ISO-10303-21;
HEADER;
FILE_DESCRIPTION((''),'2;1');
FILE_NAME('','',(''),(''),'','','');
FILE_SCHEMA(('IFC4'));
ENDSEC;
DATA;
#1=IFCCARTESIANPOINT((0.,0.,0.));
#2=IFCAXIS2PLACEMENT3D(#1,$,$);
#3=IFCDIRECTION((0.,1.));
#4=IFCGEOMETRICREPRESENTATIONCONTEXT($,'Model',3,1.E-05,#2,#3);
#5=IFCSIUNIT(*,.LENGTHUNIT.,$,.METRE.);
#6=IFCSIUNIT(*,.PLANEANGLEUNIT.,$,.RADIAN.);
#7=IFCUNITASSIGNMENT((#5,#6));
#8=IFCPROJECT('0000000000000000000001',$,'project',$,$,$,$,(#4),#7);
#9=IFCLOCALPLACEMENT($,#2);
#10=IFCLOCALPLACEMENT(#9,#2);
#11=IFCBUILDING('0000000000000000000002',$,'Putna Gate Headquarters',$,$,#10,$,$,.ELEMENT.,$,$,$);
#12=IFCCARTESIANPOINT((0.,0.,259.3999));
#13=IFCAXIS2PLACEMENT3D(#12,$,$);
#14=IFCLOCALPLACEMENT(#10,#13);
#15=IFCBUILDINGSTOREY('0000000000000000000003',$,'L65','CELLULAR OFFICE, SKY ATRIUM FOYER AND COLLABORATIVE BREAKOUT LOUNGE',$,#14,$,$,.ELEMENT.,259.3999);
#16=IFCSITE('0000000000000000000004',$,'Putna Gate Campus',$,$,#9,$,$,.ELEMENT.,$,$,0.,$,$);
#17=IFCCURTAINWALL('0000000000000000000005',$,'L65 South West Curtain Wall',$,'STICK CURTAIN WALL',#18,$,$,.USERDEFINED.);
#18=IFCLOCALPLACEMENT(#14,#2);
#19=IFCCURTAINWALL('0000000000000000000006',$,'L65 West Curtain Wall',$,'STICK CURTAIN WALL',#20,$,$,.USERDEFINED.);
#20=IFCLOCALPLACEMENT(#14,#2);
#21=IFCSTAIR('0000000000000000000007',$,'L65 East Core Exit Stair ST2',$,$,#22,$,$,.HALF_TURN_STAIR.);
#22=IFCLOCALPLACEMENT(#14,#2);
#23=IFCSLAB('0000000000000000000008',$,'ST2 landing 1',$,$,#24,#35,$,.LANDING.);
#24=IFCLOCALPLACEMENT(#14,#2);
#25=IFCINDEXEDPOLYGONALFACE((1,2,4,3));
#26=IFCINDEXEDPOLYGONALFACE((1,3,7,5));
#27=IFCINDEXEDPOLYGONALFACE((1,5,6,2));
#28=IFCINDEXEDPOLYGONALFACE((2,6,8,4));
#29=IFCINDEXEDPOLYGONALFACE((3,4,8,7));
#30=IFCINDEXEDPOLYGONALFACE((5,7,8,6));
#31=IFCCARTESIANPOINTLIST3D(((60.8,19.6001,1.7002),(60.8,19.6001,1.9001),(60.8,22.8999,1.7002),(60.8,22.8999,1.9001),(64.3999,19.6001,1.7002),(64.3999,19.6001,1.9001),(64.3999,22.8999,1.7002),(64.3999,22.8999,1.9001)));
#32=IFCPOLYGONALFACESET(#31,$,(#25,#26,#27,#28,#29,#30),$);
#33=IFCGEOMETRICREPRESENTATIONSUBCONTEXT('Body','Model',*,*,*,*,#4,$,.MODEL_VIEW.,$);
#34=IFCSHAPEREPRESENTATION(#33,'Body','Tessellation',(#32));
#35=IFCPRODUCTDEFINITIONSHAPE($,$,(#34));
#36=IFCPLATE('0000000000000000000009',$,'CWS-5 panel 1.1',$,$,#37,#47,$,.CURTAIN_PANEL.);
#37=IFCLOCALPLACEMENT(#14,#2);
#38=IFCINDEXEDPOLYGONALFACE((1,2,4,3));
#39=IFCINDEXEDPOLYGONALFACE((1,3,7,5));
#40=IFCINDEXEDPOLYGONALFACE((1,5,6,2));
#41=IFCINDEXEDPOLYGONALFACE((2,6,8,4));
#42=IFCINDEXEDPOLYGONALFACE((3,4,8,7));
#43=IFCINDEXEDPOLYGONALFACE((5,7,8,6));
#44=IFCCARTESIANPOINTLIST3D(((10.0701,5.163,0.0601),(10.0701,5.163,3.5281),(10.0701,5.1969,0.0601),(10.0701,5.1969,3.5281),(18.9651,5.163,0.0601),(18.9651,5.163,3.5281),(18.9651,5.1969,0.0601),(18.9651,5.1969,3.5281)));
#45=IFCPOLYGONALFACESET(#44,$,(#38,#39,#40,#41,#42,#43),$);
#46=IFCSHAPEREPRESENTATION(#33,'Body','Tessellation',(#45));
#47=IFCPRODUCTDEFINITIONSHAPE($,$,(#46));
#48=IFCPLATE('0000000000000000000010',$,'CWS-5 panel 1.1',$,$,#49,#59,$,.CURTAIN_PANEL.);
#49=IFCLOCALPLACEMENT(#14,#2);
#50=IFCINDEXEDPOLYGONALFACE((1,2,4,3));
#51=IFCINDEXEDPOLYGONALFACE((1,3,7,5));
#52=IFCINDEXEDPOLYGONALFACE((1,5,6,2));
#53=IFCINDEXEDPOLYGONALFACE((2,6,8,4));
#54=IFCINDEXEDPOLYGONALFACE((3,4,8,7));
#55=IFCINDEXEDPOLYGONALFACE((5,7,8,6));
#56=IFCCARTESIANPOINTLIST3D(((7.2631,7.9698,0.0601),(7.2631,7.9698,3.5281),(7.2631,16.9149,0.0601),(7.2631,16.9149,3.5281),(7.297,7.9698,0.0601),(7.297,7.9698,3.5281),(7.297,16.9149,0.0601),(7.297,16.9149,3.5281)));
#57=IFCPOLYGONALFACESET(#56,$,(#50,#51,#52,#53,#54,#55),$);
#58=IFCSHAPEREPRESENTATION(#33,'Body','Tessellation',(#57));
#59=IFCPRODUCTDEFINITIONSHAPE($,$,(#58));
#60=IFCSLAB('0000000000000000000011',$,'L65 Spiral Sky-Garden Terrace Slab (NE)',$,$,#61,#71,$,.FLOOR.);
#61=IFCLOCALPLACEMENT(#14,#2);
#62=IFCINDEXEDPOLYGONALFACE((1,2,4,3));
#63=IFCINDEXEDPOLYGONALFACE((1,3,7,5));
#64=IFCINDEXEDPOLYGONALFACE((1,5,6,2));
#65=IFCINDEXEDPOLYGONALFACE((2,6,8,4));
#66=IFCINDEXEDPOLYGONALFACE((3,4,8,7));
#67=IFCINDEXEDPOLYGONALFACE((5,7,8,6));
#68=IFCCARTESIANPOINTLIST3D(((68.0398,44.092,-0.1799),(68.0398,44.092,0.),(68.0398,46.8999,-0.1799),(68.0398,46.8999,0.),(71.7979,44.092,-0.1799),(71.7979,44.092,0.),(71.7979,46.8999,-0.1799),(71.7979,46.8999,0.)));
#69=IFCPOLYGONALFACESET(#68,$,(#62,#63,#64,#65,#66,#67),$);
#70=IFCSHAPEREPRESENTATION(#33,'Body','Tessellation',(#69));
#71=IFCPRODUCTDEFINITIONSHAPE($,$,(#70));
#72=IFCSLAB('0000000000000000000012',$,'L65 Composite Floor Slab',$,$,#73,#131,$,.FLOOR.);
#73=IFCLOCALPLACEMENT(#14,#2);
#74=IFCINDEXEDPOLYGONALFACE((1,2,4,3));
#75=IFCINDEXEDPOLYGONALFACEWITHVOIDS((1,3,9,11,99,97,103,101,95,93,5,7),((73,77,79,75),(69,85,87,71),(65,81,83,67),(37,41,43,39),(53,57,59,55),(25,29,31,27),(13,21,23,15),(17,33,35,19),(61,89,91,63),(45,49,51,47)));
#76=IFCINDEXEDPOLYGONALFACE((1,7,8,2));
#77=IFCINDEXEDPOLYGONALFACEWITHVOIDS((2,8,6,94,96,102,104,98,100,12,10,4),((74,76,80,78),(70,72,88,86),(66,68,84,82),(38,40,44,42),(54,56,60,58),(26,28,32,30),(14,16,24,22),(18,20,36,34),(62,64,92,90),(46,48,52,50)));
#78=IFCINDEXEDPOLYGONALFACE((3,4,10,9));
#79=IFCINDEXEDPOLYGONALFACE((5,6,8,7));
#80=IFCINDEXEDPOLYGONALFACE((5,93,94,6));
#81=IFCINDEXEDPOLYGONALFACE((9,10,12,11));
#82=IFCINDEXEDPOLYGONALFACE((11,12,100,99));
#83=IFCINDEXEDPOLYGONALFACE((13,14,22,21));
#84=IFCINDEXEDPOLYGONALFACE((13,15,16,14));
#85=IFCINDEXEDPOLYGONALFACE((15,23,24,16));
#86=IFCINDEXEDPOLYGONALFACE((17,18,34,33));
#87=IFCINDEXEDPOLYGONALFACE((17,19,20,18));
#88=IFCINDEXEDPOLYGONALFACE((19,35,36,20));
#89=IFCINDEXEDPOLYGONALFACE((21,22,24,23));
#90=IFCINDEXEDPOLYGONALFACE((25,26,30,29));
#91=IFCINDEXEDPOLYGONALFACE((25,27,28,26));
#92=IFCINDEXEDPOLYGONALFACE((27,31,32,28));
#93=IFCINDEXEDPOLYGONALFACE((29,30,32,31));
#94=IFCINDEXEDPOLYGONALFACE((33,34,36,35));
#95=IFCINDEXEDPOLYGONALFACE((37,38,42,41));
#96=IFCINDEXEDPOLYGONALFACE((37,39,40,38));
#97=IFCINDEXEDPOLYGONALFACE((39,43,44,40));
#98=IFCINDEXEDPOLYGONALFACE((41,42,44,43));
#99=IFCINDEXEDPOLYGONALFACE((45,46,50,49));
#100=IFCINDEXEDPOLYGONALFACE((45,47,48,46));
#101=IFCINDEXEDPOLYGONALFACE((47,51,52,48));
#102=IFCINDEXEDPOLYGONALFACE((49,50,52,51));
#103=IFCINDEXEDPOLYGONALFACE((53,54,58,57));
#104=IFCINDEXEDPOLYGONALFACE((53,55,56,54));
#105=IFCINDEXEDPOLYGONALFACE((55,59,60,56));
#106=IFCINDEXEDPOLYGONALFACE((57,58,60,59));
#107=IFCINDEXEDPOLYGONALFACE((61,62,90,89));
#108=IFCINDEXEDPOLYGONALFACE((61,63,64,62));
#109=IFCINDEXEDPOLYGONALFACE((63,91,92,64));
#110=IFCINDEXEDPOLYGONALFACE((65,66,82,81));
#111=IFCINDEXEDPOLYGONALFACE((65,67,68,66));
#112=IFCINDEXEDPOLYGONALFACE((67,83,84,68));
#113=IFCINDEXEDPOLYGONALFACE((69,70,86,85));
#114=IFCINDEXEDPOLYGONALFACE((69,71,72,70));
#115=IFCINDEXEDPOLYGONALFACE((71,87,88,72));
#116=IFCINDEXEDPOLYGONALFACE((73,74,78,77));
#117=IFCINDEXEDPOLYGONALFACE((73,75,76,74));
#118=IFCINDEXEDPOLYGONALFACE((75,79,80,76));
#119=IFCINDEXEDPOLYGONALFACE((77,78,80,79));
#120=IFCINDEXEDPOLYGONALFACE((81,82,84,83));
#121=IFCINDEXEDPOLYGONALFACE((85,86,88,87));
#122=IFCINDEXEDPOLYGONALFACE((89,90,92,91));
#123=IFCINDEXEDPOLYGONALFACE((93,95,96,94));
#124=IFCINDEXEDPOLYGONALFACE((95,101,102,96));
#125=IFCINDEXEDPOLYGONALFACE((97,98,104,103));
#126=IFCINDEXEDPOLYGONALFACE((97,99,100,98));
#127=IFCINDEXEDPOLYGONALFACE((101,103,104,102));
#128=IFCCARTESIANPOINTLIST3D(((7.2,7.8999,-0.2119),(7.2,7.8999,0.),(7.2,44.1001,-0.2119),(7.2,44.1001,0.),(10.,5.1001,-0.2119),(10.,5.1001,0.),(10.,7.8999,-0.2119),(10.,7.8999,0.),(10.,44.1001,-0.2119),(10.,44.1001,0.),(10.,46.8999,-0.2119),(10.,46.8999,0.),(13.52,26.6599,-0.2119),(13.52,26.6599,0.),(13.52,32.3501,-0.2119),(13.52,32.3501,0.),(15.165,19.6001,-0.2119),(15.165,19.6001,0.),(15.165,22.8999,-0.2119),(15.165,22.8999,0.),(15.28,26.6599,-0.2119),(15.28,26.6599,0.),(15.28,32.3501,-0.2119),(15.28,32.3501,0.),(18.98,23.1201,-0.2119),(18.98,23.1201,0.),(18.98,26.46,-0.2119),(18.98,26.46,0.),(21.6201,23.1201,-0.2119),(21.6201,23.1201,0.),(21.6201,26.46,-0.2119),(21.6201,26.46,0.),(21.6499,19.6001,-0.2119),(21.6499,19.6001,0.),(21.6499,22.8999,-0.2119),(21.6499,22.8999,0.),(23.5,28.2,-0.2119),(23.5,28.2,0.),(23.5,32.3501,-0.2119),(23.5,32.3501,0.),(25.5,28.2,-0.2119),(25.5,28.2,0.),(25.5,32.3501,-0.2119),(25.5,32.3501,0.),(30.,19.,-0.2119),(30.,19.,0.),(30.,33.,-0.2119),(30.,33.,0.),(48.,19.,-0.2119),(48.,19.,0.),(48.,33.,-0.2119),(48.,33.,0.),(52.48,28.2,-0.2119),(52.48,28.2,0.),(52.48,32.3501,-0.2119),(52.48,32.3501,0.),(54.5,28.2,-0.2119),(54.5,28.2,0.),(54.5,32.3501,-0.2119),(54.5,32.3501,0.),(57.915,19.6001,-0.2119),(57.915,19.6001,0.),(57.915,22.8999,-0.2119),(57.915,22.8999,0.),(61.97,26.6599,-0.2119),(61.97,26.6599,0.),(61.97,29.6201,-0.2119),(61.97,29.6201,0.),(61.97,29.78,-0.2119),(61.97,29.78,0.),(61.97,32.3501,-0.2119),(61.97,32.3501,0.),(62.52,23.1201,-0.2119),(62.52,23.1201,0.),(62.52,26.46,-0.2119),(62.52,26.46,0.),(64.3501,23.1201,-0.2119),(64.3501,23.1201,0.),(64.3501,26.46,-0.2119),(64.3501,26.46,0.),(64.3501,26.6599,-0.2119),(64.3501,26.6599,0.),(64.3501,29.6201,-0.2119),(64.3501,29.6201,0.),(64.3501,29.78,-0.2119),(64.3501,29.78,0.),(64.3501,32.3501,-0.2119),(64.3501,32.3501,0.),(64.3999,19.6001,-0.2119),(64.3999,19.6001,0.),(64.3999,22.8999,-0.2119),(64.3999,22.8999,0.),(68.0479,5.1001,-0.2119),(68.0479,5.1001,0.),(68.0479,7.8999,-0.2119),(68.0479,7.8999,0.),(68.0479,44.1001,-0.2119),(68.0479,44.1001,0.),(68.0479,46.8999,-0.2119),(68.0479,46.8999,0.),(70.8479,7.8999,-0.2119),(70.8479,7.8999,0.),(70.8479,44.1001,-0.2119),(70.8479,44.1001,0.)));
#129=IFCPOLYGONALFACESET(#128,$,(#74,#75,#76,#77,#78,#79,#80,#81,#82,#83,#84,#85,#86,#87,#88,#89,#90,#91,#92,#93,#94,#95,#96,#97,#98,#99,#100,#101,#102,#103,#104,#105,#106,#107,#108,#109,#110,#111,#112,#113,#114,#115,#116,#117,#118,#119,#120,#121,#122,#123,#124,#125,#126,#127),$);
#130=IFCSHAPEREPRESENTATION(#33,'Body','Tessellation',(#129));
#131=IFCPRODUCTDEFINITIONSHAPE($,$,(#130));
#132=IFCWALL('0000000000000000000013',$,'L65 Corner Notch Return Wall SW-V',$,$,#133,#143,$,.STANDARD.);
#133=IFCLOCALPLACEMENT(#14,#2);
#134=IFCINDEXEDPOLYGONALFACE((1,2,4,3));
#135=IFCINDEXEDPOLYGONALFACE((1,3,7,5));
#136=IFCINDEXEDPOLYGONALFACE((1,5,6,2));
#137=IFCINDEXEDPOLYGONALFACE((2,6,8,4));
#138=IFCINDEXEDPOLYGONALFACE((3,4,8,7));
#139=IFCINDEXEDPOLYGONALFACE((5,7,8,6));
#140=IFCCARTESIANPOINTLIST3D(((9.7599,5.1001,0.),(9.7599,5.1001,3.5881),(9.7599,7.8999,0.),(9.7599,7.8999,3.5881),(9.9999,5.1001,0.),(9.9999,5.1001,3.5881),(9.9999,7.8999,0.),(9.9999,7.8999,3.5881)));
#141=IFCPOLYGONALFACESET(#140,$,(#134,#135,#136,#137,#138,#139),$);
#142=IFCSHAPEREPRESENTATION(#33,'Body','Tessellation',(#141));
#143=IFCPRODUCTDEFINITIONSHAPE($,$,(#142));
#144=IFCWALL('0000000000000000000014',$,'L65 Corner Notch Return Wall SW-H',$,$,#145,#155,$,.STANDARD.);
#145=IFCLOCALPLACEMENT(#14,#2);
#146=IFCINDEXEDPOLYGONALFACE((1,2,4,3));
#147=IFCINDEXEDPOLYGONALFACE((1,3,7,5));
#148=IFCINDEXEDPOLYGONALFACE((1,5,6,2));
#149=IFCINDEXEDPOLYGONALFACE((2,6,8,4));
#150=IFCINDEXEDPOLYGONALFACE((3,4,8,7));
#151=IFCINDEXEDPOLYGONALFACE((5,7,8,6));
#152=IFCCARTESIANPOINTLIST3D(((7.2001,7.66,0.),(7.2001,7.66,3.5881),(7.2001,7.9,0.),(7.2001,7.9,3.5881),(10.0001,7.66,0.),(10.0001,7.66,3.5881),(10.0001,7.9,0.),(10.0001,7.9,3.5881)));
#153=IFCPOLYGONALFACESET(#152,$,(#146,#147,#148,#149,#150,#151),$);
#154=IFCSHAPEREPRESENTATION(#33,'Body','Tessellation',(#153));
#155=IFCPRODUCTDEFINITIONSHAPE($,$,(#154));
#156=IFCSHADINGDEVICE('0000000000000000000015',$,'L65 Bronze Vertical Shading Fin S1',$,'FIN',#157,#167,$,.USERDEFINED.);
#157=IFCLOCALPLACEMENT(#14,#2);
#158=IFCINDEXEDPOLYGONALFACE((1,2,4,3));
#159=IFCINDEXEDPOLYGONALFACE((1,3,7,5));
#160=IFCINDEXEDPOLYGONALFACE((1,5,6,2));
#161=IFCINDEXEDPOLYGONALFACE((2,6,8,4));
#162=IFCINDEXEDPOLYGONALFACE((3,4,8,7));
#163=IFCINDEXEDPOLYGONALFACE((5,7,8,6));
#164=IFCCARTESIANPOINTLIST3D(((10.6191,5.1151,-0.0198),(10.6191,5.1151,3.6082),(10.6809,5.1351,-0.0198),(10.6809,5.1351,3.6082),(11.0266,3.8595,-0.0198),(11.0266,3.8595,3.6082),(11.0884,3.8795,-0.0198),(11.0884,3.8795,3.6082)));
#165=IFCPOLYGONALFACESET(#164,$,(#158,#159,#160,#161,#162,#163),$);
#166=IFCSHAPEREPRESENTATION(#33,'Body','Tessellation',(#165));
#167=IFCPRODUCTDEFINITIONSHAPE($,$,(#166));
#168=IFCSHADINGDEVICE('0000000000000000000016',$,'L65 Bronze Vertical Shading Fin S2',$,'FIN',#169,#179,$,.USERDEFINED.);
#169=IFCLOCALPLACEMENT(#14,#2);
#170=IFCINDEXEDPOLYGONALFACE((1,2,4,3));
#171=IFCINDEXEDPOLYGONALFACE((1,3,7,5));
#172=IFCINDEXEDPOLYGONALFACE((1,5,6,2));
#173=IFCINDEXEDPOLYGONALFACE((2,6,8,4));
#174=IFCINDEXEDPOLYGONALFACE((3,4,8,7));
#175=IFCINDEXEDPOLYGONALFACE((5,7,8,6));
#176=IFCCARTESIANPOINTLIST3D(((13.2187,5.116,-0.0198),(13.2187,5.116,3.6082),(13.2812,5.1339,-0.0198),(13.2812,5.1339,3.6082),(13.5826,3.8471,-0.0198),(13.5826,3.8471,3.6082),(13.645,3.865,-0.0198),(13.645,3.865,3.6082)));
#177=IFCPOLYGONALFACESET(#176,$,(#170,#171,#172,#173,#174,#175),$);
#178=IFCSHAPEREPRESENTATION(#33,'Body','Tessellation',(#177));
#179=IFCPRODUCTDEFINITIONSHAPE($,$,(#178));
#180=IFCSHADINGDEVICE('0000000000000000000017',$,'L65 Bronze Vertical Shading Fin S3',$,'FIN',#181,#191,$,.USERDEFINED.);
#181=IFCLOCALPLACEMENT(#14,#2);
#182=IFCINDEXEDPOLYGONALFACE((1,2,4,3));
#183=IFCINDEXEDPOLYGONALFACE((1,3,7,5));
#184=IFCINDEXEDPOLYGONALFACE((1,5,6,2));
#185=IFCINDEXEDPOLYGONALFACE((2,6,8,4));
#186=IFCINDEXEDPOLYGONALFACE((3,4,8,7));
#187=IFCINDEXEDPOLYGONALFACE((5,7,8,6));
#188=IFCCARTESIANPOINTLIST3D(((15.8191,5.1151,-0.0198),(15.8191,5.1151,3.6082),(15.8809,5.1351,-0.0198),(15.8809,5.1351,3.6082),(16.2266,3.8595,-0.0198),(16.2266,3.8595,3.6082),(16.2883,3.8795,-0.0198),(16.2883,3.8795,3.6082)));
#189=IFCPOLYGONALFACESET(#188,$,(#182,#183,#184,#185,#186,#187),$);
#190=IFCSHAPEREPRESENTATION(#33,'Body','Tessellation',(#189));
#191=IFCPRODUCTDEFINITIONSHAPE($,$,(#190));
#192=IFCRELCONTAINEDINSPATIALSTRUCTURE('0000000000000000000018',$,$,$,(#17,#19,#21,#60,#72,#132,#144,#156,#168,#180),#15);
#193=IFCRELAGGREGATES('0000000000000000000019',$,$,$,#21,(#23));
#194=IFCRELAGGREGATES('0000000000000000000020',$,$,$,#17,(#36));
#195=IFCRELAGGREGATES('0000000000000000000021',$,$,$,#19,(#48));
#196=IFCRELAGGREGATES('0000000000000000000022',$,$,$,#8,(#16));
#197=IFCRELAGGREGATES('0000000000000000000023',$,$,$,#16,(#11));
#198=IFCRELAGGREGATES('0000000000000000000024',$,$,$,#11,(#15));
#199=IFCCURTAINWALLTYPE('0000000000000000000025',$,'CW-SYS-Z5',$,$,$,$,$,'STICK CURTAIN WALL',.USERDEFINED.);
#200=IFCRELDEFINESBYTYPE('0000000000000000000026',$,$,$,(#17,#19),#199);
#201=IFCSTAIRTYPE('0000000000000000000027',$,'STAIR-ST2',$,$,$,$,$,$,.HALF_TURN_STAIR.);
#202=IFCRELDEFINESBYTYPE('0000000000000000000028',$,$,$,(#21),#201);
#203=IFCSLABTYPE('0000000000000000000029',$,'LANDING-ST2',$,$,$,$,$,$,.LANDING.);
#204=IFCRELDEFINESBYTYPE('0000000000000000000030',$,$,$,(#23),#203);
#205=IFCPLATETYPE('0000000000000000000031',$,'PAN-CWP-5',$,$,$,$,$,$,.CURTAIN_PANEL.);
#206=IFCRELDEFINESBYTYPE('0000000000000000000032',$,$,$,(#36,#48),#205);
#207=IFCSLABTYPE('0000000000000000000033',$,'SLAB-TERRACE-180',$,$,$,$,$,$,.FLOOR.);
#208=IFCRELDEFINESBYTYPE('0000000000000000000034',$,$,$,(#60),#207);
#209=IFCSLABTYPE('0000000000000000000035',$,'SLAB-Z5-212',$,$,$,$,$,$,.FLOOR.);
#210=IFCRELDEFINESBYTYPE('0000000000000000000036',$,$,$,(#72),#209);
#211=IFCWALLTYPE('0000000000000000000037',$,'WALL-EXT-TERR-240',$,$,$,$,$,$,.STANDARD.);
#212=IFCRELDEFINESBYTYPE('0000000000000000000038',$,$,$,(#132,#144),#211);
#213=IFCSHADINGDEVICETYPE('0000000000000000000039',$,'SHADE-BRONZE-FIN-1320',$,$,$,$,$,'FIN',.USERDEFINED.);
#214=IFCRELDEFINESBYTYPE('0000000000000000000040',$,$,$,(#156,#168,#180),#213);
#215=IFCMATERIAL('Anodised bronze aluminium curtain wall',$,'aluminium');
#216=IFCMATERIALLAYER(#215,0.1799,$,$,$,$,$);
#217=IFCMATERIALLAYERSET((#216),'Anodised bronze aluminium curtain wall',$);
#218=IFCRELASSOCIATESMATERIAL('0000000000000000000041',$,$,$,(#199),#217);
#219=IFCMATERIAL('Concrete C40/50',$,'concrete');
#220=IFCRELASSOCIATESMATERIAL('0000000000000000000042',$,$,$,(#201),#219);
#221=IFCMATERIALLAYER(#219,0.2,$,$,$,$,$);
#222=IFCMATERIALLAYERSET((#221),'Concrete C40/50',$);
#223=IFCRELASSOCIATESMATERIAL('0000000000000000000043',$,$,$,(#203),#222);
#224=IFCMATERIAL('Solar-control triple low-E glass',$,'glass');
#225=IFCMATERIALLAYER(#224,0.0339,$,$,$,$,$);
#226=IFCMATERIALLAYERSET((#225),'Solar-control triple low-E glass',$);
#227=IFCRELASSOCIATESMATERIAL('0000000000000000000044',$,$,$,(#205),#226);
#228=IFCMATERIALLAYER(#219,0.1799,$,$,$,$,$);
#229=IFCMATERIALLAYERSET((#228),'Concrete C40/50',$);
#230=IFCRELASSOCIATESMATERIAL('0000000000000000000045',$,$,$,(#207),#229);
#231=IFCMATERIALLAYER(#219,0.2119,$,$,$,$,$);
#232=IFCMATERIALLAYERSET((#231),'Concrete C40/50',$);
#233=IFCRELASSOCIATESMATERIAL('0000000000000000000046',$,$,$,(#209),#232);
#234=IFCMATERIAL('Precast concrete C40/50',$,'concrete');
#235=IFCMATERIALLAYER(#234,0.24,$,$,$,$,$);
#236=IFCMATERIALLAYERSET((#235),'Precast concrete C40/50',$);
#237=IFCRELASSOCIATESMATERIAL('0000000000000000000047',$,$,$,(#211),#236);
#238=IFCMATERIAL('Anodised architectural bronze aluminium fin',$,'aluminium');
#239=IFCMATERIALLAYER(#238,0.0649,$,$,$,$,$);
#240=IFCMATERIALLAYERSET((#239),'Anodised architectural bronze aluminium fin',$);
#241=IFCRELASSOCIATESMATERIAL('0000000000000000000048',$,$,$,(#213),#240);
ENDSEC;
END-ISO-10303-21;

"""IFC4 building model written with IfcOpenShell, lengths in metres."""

from ifc_helpers import new_model, si_unit, direction, frame, frame_2d, origin, origin_2d, place, context, subcontext, project, spatial, polyline, rectangle, outline, extrude, material, layer, layer_set, type_object, element, aggregate, save


model = new_model("IFC4")

# Units and contexts
model_context = context("Model", 3, precision=1e-05, world=origin(), true_north=direction((0.0, 1.0)))
body_context = subcontext(model_context, "Body", "Model", "MODEL_VIEW")
ifc_project = project(units=[si_unit("LENGTHUNIT", "METRE"), si_unit("PLANEANGLEUNIT", "RADIAN")], contexts=[model_context])

# Site, building, storey
site_placement = place(None, origin())
site = spatial("IfcSite", under=ifc_project, at=site_placement, Name="Putna Gate Campus", CompositionType="ELEMENT", RefElevation=0.0)
building_placement = place(site_placement, origin())
building = spatial("IfcBuilding", under=site, at=building_placement, Name="Putna Gate Headquarters", CompositionType="ELEMENT")
storey_placement = place(building_placement, frame((0.0, 0.0, 259.3999)))
storey = spatial("IfcBuildingStorey", under=building, at=storey_placement, Name="L65", Description="CELLULAR OFFICE, SKY ATRIUM FOYER AND COLLABORATIVE BREAKOUT LOUNGE", CompositionType="ELEMENT", Elevation=259.3999)

# Curtain walls
ifc_material_1 = material(Name="Anodised bronze aluminium curtain wall", Category="aluminium")
ifc_layer_1 = layer(ifc_material_1, 0.1799)
ifc_layer_set_1 = layer_set([ifc_layer_1], Name="Anodised bronze aluminium curtain wall")
curtain_wall_type = type_object("IfcCurtainWallType", Name="CW-SYS-Z5", ElementType="STICK CURTAIN WALL", PredefinedType="USERDEFINED", material=ifc_layer_set_1)
curtain_wall_1_placement = place(storey_placement, origin())
curtain_wall_1 = element("IfcCurtainWall", 1, at=curtain_wall_1_placement, inside=storey, type_object=curtain_wall_type, Name="L65 South West Curtain Wall", ObjectType="STICK CURTAIN WALL", PredefinedType="USERDEFINED")
curtain_wall_2_placement = place(storey_placement, origin())
curtain_wall_2 = element("IfcCurtainWall", 2, at=curtain_wall_2_placement, inside=storey, type_object=curtain_wall_type, Name="L65 West Curtain Wall", ObjectType="STICK CURTAIN WALL", PredefinedType="USERDEFINED")

# Stair, slab
ifc_material_2 = material(Name="Concrete C40/50", Category="concrete")
stair_type_1 = type_object("IfcStairType", Name="STAIR-ST2", PredefinedType="HALF_TURN_STAIR", material=ifc_material_2)
stair_1_placement = place(storey_placement, origin())
stair_1 = element("IfcStair", 3, at=stair_1_placement, inside=storey, type_object=stair_type_1, Name="L65 East Core Exit Stair ST2", PredefinedType="HALF_TURN_STAIR")
ifc_layer_2 = layer(ifc_material_2, 0.2)
ifc_layer_set_2 = layer_set([ifc_layer_2], Name="Concrete C40/50")
slab_type_1 = type_object("IfcSlabType", Name="LANDING-ST2", PredefinedType="LANDING", material=ifc_layer_set_2)
slab_1_placement = place(storey_placement, frame((0.0, 0.0, 1.7002)))
slab_1 = element("IfcSlab", 4, at=slab_1_placement, type_object=slab_type_1, Name="ST2 landing 1", PredefinedType="LANDING", context=body_context, shape_type="SweptSolid", body=[
    extrude(outline(polyline([(60.8, 19.6001), (64.3999, 19.6001), (64.3999, 22.8999), (60.8, 22.8999), (60.8, 19.6001)])), origin(), (0.0, 0.0, 1.0), 0.2),
])
aggregate(stair_1, [slab_1])

# Plates
ifc_material_3 = material(Name="Solar-control triple low-E glass", Category="glass")
ifc_layer_3 = layer(ifc_material_3, 0.0339)
ifc_layer_set_3 = layer_set([ifc_layer_3], Name="Solar-control triple low-E glass")
plate_type = type_object("IfcPlateType", Name="PAN-CWP-5", PredefinedType="CURTAIN_PANEL", material=ifc_layer_set_3)
plate_1_placement = place(storey_placement, frame((14.5176, 5.1799, 0.0601), z_axis=(0.0, 0.0, 1.0), x_axis=(1.0, 0.0, 0.0)))
plate_1 = element("IfcPlate", 5, at=plate_1_placement, type_object=plate_type, Name="CWS-5 panel 1.1", PredefinedType="CURTAIN_PANEL", context=body_context, shape_type="SweptSolid", body=[
    extrude(rectangle(XDim=8.895, YDim=0.0339, at=origin_2d()), origin(), (0.0, 0.0, 1.0), 3.468),
])
aggregate(curtain_wall_1, [plate_1])
plate_2_placement = place(storey_placement, frame((7.28, 12.4424, 0.0601), z_axis=(0.0, 0.0, 1.0), x_axis=(0.0, 1.0, 0.0)))
plate_2 = element("IfcPlate", 6, at=plate_2_placement, type_object=plate_type, Name="CWS-5 panel 1.1", PredefinedType="CURTAIN_PANEL", context=body_context, shape_type="SweptSolid", body=[
    extrude(rectangle(XDim=8.9451, YDim=0.0339, at=origin_2d()), origin(), (0.0, 0.0, 1.0), 3.468),
])
aggregate(curtain_wall_2, [plate_2])

# Slabs
ifc_layer_4 = layer(ifc_material_2, 0.1799)
ifc_layer_set_4 = layer_set([ifc_layer_4], Name="Concrete C40/50")
slab_type_2 = type_object("IfcSlabType", Name="SLAB-TERRACE-180", PredefinedType="FLOOR", material=ifc_layer_set_4)
slab_2_placement = place(storey_placement, frame((0.0, 0.0, -0.1799)))
element("IfcSlab", 7, at=slab_2_placement, inside=storey, type_object=slab_type_2, Name="L65 Spiral Sky-Garden Terrace Slab (NE)", PredefinedType="FLOOR", context=body_context, shape_type="SweptSolid", body=[
    extrude(outline(polyline([(68.0398, 44.092), (71.7979, 44.092), (71.7979, 46.8999), (68.0398, 46.8999), (68.0398, 44.092)])), origin(), (0.0, 0.0, 1.0), 0.1799),
])
ifc_layer_5 = layer(ifc_material_2, 0.2119)
ifc_layer_set_5 = layer_set([ifc_layer_5], Name="Concrete C40/50")
slab_type_3 = type_object("IfcSlabType", Name="SLAB-Z5-212", PredefinedType="FLOOR", material=ifc_layer_set_5)
slab_3_placement = place(storey_placement, frame((0.0, 0.0, -0.2119)))
element("IfcSlab", 8, at=slab_3_placement, inside=storey, type_object=slab_type_3, Name="L65 Composite Floor Slab", PredefinedType="FLOOR", context=body_context, shape_type="SweptSolid", body=[
    extrude(outline(polyline([(10.0, 5.1001), (68.0479, 5.1001), (68.0479, 7.8999), (70.8479, 7.8999), (70.8479, 44.1001), (68.0479, 44.1001), (68.0479, 46.8999), (10.0, 46.8999), (10.0, 44.1001), (7.2, 44.1001), (7.2, 7.8999), (10.0, 7.8999), (10.0, 5.1001)]), holes=[polyline([(15.165, 19.6001), (21.6499, 19.6001), (21.6499, 22.8999), (15.165, 22.8999), (15.165, 19.6001)]), polyline([(57.915, 19.6001), (64.3999, 19.6001), (64.3999, 22.8999), (57.915, 22.8999), (57.915, 19.6001)]), polyline([(13.52, 26.6599), (15.28, 26.6599), (15.28, 32.3501), (13.52, 32.3501), (13.52, 26.6599)]), polyline([(61.97, 29.78), (64.3501, 29.78), (64.3501, 32.3501), (61.97, 32.3501), (61.97, 29.78)]), polyline([(18.98, 23.1201), (21.6201, 23.1201), (21.6201, 26.46), (18.98, 26.46), (18.98, 23.1201)]), polyline([(62.52, 23.1201), (64.3501, 23.1201), (64.3501, 26.46), (62.52, 26.46), (62.52, 23.1201)]), polyline([(61.97, 26.6599), (64.3501, 26.6599), (64.3501, 29.6201), (61.97, 29.6201), (61.97, 26.6599)]), polyline([(23.5, 28.2), (25.5, 28.2), (25.5, 32.3501), (23.5, 32.3501), (23.5, 28.2)]), polyline([(52.48, 28.2), (54.5, 28.2), (54.5, 32.3501), (52.48, 32.3501), (52.48, 28.2)]), polyline([(30.0, 19.0), (48.0, 19.0), (48.0, 33.0), (30.0, 33.0), (30.0, 19.0)])]), origin(), (0.0, 0.0, 1.0), 0.2119),
])

# Walls
ifc_material_4 = material(Name="Precast concrete C40/50", Category="concrete")
ifc_layer_6 = layer(ifc_material_4, 0.24)
ifc_layer_set_6 = layer_set([ifc_layer_6], Name="Precast concrete C40/50")
wall_type = type_object("IfcWallType", Name="WALL-EXT-TERR-240", PredefinedType="STANDARD", material=ifc_layer_set_6)
wall_1_placement = place(storey_placement, frame((9.8799, 5.1001, 0.0), z_axis=(0.0, 0.0, 1.0), x_axis=(0.0, 1.0, 0.0)))
element("IfcWall", 9, at=wall_1_placement, inside=storey, type_object=wall_type, Name="L65 Corner Notch Return Wall SW-V", PredefinedType="STANDARD", context=body_context, shape_type="SweptSolid", body=[
    extrude(rectangle(XDim=2.7998, YDim=0.24, at=frame_2d((1.3999, 0.0))), origin(), (0.0, 0.0, 1.0), 3.5881),
])
wall_2_placement = place(storey_placement, frame((10.0, 7.78, 0.0), z_axis=(0.0, 0.0, 1.0), x_axis=(-1.0, 0.0, 0.0)))
element("IfcWall", 10, at=wall_2_placement, inside=storey, type_object=wall_type, Name="L65 Corner Notch Return Wall SW-H", PredefinedType="STANDARD", context=body_context, shape_type="SweptSolid", body=[
    extrude(rectangle(XDim=2.8, YDim=0.24, at=frame_2d((1.3999, 0.0))), origin(), (0.0, 0.0, 1.0), 3.5881),
])

# Shading devices
ifc_material_5 = material(Name="Anodised architectural bronze aluminium fin", Category="aluminium")
ifc_layer_7 = layer(ifc_material_5, 0.0649)
ifc_layer_set_7 = layer_set([ifc_layer_7], Name="Anodised architectural bronze aluminium fin")
shading_device_type_1 = type_object("IfcShadingDeviceType", Name="SHADE-BRONZE-FIN-1320", ElementType="FIN", PredefinedType="USERDEFINED", material=ifc_layer_set_7)
for number, where, z_axis, x_axis, name in (
    (11, (10.8538, 4.4973, -0.0198), (0.0, 0.0, 1.0), (0.308685, -0.951164, 0.0), "L65 Bronze Vertical Shading Fin S1"),
    (12, (13.4319, 4.4905, -0.0198), (0.0, 0.0, 1.0), (0.275637, -0.961262, 0.0), "L65 Bronze Vertical Shading Fin S2"),
    (13, (16.0537, 4.4973, -0.0198), (0.0, 0.0, 1.0), (0.308685, -0.951164, 0.0), "L65 Bronze Vertical Shading Fin S3"),
):
    element("IfcShadingDevice", number, at=place(storey_placement, frame(where, z_axis=z_axis, x_axis=x_axis)), inside=storey, type_object=shading_device_type_1, Name=name, ObjectType="FIN", PredefinedType="USERDEFINED", context=body_context, shape_type="SweptSolid", body=[
        extrude(rectangle(XDim=1.3201, YDim=0.0649, at=origin_2d()), origin(), (0.0, 0.0, 1.0), 3.6279),
    ])

save(model, "model.ifc")
